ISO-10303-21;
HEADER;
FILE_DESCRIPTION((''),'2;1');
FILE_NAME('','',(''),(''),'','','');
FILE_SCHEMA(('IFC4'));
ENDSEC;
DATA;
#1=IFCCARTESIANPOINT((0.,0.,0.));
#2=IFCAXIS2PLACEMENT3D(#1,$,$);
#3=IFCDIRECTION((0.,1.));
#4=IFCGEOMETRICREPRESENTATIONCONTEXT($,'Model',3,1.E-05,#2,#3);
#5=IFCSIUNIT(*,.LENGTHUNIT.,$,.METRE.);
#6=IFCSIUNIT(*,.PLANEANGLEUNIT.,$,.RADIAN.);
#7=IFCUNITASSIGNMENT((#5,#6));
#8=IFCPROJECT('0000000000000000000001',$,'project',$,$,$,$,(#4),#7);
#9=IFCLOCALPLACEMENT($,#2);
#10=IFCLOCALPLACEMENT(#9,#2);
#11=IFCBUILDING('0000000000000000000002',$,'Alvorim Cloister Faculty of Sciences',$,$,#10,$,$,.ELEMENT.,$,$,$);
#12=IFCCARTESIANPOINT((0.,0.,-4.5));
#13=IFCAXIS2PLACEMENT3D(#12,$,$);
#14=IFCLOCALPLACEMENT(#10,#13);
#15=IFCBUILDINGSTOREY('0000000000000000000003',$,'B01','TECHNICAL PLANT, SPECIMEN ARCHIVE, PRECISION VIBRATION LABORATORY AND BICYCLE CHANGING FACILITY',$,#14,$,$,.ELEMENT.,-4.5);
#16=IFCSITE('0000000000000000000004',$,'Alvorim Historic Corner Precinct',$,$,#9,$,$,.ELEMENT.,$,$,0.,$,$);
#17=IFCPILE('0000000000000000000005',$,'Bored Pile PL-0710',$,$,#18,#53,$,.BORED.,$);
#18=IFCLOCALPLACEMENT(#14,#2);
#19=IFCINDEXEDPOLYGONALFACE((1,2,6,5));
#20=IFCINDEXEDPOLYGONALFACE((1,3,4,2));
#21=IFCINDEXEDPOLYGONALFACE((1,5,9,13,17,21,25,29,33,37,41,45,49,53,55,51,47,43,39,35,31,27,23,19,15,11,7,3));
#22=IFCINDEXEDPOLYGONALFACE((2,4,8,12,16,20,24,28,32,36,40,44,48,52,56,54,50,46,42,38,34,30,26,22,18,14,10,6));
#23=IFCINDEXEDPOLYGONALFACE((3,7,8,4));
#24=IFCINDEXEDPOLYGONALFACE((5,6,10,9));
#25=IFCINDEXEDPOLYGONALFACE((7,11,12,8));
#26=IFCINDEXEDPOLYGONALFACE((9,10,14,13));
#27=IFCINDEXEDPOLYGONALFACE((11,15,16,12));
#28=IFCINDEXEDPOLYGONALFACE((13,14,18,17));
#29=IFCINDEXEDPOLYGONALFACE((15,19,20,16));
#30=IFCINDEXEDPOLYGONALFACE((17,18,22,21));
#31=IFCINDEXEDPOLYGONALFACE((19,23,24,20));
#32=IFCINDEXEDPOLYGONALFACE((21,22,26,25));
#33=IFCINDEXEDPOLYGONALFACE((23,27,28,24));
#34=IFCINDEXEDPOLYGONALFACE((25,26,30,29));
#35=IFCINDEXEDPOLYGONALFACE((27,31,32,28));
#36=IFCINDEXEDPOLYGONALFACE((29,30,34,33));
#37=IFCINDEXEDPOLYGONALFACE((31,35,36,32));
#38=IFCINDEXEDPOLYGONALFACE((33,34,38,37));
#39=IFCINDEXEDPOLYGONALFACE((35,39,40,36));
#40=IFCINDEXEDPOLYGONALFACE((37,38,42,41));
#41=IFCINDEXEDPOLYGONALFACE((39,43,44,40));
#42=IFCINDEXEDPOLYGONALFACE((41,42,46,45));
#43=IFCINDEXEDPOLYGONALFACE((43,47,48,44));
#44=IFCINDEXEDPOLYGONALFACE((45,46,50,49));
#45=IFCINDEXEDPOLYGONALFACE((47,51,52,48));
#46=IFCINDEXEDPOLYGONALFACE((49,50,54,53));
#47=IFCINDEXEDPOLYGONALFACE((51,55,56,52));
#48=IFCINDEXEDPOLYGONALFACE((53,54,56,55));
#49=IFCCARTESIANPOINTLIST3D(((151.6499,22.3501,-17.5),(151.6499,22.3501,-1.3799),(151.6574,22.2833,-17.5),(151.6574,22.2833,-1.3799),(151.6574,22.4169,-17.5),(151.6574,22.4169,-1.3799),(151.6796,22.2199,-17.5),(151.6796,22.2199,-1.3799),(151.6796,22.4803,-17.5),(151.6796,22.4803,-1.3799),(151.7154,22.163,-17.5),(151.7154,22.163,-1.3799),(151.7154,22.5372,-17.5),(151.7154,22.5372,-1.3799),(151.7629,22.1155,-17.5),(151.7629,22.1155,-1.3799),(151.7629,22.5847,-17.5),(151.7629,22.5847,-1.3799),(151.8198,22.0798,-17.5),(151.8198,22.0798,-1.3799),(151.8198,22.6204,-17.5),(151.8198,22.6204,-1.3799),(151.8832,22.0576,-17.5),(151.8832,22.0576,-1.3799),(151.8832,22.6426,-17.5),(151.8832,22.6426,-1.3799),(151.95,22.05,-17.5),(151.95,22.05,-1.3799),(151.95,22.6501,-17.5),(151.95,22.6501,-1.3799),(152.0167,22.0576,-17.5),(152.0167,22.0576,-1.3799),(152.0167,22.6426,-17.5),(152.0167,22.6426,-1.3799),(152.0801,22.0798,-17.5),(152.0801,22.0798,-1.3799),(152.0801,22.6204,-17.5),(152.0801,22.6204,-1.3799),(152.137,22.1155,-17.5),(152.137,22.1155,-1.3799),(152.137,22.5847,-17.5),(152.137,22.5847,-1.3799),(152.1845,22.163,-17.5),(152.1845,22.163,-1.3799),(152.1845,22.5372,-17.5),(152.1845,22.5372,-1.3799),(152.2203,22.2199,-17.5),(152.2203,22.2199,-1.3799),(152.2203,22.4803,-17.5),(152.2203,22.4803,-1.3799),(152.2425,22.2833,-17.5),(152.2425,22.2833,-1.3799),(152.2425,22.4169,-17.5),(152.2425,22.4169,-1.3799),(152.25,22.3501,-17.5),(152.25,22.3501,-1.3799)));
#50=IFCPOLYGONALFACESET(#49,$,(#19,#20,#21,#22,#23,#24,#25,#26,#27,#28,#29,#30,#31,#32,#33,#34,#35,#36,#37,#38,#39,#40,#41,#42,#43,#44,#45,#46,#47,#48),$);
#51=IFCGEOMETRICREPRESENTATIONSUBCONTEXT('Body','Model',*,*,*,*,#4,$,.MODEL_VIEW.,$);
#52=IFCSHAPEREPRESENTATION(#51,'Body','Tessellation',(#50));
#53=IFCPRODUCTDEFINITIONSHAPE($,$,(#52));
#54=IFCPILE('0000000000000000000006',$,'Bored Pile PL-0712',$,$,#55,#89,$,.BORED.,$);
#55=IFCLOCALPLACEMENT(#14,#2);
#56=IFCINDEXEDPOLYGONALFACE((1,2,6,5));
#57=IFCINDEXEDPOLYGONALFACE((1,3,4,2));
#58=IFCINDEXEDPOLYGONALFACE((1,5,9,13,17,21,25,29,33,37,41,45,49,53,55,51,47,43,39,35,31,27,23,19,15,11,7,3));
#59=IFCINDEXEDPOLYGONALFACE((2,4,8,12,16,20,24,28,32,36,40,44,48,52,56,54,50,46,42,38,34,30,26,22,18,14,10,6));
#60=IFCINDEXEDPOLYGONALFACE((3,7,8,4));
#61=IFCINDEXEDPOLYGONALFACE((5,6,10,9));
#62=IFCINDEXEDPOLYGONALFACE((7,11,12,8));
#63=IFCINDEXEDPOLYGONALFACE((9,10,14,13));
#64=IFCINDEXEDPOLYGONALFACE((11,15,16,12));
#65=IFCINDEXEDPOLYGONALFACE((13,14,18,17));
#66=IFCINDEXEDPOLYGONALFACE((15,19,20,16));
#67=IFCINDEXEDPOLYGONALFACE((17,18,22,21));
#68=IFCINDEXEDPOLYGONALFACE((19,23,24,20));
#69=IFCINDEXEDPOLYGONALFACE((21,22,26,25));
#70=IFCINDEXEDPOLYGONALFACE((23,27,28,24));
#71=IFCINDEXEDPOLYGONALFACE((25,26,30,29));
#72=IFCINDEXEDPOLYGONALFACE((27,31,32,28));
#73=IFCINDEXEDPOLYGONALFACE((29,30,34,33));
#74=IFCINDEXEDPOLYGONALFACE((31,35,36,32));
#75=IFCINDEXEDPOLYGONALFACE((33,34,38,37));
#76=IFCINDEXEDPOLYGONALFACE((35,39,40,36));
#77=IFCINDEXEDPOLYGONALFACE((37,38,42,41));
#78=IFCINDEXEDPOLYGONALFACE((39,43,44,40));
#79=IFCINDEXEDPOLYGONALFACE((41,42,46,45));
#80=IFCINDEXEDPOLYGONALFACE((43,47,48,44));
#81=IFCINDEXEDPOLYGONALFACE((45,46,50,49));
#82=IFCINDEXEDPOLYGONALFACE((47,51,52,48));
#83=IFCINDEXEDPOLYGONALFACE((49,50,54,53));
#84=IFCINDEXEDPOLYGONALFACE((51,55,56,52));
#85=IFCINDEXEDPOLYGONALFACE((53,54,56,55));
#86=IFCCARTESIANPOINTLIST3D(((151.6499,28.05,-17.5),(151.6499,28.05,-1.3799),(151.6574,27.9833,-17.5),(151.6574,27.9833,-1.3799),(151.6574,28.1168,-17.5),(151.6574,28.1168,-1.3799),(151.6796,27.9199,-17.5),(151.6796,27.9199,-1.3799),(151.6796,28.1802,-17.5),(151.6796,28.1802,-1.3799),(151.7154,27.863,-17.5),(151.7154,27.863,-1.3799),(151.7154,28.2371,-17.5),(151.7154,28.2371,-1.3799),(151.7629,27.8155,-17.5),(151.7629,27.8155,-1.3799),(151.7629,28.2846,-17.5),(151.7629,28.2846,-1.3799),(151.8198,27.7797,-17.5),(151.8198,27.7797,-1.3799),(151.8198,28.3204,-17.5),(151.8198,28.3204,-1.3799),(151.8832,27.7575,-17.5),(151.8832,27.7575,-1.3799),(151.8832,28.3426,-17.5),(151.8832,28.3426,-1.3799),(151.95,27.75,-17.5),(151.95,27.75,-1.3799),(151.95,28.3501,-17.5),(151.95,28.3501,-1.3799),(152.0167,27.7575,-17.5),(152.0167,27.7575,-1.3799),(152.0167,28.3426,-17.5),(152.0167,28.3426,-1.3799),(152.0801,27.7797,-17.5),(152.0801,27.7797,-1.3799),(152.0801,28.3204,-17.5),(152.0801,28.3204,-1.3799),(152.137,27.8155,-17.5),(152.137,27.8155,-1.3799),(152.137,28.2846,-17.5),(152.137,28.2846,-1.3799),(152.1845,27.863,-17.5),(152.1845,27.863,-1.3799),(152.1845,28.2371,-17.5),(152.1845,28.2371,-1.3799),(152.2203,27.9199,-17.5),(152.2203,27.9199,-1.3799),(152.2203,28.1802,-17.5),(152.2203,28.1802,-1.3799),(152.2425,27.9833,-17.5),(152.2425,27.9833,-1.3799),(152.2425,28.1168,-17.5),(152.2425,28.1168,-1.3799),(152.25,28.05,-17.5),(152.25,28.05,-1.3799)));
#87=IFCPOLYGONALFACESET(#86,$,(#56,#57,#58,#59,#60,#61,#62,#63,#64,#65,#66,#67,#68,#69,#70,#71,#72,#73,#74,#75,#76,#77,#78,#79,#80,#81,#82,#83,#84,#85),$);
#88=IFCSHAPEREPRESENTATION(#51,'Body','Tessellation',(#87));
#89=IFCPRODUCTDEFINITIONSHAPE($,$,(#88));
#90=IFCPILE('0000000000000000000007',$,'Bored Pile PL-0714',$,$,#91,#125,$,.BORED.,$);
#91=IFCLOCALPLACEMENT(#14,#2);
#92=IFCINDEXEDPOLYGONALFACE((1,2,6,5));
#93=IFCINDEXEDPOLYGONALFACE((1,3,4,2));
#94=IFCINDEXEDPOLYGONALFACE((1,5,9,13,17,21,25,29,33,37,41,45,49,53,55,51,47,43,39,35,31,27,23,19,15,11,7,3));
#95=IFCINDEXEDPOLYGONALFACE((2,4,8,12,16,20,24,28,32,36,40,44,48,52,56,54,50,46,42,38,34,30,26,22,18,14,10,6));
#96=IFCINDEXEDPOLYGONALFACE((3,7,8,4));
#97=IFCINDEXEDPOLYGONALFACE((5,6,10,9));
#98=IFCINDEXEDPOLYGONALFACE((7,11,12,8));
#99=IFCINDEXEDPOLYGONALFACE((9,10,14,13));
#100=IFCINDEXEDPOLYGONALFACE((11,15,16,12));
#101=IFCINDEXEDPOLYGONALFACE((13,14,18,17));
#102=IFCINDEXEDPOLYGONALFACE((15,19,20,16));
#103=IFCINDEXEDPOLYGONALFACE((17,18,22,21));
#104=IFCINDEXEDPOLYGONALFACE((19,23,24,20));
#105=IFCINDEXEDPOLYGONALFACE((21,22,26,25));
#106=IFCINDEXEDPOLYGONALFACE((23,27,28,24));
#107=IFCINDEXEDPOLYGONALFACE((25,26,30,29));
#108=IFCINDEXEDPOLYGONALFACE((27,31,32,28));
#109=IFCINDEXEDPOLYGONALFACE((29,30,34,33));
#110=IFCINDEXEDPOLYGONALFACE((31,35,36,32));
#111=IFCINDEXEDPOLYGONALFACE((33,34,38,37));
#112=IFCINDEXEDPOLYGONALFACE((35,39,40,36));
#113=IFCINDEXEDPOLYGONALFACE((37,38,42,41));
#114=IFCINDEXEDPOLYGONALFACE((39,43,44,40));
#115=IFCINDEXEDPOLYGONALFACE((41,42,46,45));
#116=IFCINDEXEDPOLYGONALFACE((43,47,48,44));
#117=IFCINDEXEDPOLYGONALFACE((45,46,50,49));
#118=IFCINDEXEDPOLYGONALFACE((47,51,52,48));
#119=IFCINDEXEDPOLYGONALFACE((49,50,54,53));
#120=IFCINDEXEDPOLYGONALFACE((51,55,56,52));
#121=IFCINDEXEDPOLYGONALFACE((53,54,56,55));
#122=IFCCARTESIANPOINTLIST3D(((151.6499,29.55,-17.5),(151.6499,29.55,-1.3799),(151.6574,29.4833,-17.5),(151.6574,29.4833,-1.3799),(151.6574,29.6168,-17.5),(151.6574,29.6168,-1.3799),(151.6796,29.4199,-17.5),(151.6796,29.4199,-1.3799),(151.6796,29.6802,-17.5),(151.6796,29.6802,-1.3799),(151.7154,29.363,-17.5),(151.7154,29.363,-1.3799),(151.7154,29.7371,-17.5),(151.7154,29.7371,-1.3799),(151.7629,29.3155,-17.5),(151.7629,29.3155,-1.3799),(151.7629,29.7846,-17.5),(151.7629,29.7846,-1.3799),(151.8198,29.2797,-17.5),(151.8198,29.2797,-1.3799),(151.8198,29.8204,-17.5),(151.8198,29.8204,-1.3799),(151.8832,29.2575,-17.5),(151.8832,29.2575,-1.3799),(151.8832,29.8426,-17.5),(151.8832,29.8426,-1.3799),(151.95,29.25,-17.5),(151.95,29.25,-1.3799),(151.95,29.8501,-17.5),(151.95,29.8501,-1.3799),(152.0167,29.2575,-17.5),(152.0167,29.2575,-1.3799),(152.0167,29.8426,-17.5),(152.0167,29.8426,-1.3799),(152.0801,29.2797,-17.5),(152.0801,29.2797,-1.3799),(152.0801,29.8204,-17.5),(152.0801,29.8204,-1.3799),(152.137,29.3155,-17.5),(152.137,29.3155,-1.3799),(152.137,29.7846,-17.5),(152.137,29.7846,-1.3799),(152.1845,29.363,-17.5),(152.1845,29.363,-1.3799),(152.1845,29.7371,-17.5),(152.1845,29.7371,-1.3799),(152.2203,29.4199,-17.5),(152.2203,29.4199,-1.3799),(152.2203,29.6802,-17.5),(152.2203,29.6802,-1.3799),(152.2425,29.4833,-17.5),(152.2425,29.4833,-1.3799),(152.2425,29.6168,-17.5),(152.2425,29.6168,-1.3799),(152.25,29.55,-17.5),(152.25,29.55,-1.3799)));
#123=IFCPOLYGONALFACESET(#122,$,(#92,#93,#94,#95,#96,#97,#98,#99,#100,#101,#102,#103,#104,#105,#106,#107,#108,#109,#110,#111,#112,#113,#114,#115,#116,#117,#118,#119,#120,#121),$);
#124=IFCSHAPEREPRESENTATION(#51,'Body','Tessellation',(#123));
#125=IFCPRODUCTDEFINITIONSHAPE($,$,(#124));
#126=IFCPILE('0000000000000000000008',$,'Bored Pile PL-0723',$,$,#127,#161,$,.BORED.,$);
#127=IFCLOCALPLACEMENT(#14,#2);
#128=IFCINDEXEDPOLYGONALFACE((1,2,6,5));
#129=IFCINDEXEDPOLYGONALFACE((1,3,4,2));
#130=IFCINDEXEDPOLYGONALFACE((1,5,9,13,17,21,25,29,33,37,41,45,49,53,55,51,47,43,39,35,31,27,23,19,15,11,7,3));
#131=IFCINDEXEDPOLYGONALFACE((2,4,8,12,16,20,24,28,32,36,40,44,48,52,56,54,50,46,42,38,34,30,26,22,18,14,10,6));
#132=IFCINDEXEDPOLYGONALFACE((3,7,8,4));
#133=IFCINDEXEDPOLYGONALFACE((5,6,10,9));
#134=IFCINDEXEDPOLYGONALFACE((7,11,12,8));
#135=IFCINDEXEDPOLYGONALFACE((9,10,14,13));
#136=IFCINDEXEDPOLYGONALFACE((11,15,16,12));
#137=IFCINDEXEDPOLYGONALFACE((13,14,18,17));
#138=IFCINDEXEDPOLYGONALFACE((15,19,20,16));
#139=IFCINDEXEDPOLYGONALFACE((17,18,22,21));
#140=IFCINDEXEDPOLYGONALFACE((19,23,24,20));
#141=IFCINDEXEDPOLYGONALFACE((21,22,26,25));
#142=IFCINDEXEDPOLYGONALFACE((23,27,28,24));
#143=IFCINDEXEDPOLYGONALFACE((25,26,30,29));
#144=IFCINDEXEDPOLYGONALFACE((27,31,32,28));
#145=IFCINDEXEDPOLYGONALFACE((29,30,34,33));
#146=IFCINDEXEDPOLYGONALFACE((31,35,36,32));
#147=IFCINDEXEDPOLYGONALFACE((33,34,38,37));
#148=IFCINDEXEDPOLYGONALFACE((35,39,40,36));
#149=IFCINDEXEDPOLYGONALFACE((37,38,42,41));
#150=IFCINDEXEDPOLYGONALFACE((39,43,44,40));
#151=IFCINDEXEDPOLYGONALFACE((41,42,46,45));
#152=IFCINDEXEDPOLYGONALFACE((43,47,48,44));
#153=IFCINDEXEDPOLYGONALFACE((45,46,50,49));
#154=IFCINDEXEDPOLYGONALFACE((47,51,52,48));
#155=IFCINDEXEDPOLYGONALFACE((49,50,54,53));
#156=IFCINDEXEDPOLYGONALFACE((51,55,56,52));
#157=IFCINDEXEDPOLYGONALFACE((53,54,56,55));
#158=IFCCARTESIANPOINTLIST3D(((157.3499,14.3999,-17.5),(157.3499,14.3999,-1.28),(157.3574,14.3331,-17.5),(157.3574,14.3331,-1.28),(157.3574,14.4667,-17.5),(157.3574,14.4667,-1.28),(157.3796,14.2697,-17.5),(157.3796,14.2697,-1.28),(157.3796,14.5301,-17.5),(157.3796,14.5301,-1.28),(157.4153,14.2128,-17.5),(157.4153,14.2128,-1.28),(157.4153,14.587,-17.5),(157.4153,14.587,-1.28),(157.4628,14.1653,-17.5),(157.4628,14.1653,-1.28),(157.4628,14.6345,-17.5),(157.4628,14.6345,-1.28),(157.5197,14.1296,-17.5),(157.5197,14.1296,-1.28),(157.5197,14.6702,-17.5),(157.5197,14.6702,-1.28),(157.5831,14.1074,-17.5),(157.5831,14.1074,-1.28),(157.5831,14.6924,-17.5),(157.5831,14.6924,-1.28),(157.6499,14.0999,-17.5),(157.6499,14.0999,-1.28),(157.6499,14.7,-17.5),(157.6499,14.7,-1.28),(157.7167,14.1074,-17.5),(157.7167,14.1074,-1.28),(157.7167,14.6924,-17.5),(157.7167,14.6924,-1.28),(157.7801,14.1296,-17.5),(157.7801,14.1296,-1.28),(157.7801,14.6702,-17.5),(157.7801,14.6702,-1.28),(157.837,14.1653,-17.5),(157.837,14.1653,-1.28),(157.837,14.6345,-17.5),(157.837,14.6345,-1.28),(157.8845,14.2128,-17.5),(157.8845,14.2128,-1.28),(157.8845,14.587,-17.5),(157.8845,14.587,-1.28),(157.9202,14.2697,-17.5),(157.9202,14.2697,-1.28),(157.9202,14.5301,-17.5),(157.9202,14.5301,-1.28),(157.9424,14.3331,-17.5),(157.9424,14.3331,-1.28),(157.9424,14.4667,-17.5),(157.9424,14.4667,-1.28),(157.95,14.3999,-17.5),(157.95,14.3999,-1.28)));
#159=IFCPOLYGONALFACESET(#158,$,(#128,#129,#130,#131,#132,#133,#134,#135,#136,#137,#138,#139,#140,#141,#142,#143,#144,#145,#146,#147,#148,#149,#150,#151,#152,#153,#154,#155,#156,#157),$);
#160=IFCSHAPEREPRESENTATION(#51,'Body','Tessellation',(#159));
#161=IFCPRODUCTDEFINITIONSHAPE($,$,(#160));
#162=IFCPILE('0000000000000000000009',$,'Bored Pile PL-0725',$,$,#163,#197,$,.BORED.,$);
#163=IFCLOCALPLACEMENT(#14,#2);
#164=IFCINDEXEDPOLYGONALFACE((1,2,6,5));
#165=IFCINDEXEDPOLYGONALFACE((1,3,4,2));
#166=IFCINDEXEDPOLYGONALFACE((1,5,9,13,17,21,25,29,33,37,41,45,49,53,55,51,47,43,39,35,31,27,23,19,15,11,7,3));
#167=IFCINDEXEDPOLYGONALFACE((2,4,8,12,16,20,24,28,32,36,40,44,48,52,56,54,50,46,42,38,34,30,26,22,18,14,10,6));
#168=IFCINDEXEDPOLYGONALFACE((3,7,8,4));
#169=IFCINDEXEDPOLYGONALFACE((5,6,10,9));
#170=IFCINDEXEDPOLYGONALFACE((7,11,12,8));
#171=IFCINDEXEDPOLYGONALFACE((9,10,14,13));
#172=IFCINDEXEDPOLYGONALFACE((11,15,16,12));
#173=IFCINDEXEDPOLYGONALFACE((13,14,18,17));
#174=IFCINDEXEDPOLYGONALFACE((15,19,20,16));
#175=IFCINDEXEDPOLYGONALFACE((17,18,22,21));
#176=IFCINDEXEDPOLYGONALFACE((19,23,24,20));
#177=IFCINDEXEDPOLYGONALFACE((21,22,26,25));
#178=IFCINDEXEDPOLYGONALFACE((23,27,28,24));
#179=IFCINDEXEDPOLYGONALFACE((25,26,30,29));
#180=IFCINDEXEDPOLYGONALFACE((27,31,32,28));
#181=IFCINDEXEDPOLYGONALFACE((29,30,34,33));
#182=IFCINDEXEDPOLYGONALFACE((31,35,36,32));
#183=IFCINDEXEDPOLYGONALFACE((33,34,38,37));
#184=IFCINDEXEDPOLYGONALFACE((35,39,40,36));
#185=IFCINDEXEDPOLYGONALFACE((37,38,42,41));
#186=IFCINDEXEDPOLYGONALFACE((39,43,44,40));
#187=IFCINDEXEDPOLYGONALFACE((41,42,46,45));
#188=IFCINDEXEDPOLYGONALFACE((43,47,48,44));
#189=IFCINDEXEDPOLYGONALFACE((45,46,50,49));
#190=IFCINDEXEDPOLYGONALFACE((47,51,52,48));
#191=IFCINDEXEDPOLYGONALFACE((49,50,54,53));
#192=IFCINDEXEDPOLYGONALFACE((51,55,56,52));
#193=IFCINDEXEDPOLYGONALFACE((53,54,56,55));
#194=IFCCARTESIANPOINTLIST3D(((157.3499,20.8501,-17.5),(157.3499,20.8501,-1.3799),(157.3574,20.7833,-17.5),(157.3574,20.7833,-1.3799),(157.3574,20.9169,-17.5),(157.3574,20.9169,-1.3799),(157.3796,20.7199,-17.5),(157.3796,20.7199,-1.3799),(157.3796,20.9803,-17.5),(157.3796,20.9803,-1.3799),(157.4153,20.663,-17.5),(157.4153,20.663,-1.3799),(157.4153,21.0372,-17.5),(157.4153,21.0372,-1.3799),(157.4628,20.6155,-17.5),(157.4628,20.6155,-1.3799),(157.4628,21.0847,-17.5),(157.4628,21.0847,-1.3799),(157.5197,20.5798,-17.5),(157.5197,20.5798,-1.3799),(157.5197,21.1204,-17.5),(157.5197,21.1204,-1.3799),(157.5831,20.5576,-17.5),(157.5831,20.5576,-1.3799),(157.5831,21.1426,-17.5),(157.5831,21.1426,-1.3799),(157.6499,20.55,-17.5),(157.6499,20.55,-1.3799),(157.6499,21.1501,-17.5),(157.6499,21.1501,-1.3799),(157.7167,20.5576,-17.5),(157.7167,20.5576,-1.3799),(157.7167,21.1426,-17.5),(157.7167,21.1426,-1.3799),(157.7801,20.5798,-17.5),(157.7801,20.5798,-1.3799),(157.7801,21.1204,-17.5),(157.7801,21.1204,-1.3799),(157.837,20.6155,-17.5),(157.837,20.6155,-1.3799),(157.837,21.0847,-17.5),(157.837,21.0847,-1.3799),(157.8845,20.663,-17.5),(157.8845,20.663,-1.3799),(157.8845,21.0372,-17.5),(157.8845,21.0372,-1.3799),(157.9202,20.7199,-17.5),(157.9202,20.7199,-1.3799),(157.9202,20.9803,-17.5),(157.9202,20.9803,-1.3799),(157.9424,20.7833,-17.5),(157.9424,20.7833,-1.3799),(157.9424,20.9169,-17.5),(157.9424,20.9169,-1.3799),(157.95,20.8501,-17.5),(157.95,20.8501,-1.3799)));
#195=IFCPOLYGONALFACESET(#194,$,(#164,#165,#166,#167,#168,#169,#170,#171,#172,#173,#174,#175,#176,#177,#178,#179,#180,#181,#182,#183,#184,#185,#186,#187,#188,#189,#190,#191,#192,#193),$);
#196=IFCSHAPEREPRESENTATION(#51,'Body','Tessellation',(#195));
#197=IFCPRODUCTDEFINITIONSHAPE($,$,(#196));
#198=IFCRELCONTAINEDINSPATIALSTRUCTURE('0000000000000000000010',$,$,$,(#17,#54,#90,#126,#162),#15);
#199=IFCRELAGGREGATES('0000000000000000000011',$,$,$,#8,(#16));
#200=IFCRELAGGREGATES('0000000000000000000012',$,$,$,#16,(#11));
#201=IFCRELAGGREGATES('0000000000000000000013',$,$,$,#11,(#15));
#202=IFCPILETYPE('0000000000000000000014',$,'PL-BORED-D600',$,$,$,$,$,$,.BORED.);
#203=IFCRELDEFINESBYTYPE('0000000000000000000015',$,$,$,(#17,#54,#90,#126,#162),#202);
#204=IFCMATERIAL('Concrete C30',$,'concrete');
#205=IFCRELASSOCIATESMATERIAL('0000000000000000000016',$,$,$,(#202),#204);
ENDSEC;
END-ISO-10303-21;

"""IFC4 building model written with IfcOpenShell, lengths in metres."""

from ifc_helpers import new_model, si_unit, direction, frame, origin, origin_2d, place, context, subcontext, project, spatial, circle, extrude, material, material_profile, profile_set, type_object, element, save


model = new_model("IFC4")

# Units and contexts
model_context = context("Model", 3, precision=1e-05, world=origin(), true_north=direction((0.0, 1.0)))
body_context = subcontext(model_context, "Body", "Model", "MODEL_VIEW")
ifc_project = project(units=[si_unit("LENGTHUNIT", "METRE"), si_unit("PLANEANGLEUNIT", "RADIAN")], contexts=[model_context])

# Site, building, storey
site_placement = place(None, origin())
site = spatial("IfcSite", under=ifc_project, at=site_placement, Name="Alvorim Historic Corner Precinct", CompositionType="ELEMENT", RefElevation=0.0)
building_placement = place(site_placement, origin())
building = spatial("IfcBuilding", under=site, at=building_placement, Name="Alvorim Cloister Faculty of Sciences", CompositionType="ELEMENT")
storey_placement = place(building_placement, frame((0.0, 0.0, -4.5)))
storey = spatial("IfcBuildingStorey", under=building, at=storey_placement, Name="B01", Description="TECHNICAL PLANT, SPECIMEN ARCHIVE, PRECISION VIBRATION LABORATORY AND BICYCLE CHANGING FACILITY", CompositionType="ELEMENT", Elevation=-4.5)

# Piles
ifc_material_1 = material(Name="Concrete C30", Category="concrete")
ifc_material_profile_1 = material_profile(ifc_material_1, circle(Radius=0.3, at=origin_2d()), Name="PILE-D600")
ifc_profile_set_1 = profile_set([ifc_material_profile_1], Name="Concrete C30")
pile_type = type_object("IfcPileType", Name="PL-BORED-D600", PredefinedType="BORED", material=ifc_profile_set_1)
for number, where, z_axis, x_axis, name in (
    (1, (151.95, 22.3501, -1.3799), (0.0, 0.0, -1.0), (1.0, 0.0, 0.0), "Bored Pile PL-0710"),
    (2, (151.95, 28.05, -1.3799), (0.0, 0.0, -1.0), (1.0, 0.0, 0.0), "Bored Pile PL-0712"),
    (3, (151.95, 29.55, -1.3799), (0.0, 0.0, -1.0), (1.0, 0.0, 0.0), "Bored Pile PL-0714"),
):
    element("IfcPile", number, at=place(storey_placement, frame(where, z_axis=z_axis, x_axis=x_axis)), inside=storey, type_object=pile_type, Name=name, PredefinedType="BORED", context=body_context, shape_type="SweptSolid", body=[
        extrude(circle(Radius=0.3, at=origin_2d()), origin(), (0.0, 0.0, 1.0), 16.1201),
    ])
pile_placement = place(storey_placement, frame((157.6499, 14.3999, -1.28), z_axis=(0.0, 0.0, -1.0), x_axis=(1.0, 0.0, 0.0)))
element("IfcPile", 4, at=pile_placement, inside=storey, type_object=pile_type, Name="Bored Pile PL-0723", PredefinedType="BORED", context=body_context, shape_type="SweptSolid", body=[
    extrude(circle(Radius=0.3, at=origin_2d()), origin(), (0.0, 0.0, 1.0), 16.22),
])
for number, where, z_axis, x_axis, name in (
    (5, (157.6499, 20.8501, -1.3799), (0.0, 0.0, -1.0), (1.0, 0.0, 0.0), "Bored Pile PL-0725"),
):
    element("IfcPile", number, at=place(storey_placement, frame(where, z_axis=z_axis, x_axis=x_axis)), inside=storey, type_object=pile_type, Name=name, PredefinedType="BORED", context=body_context, shape_type="SweptSolid", body=[
        extrude(circle(Radius=0.3, at=origin_2d()), origin(), (0.0, 0.0, 1.0), 16.1201),
    ])

save(model, "model.ifc")
